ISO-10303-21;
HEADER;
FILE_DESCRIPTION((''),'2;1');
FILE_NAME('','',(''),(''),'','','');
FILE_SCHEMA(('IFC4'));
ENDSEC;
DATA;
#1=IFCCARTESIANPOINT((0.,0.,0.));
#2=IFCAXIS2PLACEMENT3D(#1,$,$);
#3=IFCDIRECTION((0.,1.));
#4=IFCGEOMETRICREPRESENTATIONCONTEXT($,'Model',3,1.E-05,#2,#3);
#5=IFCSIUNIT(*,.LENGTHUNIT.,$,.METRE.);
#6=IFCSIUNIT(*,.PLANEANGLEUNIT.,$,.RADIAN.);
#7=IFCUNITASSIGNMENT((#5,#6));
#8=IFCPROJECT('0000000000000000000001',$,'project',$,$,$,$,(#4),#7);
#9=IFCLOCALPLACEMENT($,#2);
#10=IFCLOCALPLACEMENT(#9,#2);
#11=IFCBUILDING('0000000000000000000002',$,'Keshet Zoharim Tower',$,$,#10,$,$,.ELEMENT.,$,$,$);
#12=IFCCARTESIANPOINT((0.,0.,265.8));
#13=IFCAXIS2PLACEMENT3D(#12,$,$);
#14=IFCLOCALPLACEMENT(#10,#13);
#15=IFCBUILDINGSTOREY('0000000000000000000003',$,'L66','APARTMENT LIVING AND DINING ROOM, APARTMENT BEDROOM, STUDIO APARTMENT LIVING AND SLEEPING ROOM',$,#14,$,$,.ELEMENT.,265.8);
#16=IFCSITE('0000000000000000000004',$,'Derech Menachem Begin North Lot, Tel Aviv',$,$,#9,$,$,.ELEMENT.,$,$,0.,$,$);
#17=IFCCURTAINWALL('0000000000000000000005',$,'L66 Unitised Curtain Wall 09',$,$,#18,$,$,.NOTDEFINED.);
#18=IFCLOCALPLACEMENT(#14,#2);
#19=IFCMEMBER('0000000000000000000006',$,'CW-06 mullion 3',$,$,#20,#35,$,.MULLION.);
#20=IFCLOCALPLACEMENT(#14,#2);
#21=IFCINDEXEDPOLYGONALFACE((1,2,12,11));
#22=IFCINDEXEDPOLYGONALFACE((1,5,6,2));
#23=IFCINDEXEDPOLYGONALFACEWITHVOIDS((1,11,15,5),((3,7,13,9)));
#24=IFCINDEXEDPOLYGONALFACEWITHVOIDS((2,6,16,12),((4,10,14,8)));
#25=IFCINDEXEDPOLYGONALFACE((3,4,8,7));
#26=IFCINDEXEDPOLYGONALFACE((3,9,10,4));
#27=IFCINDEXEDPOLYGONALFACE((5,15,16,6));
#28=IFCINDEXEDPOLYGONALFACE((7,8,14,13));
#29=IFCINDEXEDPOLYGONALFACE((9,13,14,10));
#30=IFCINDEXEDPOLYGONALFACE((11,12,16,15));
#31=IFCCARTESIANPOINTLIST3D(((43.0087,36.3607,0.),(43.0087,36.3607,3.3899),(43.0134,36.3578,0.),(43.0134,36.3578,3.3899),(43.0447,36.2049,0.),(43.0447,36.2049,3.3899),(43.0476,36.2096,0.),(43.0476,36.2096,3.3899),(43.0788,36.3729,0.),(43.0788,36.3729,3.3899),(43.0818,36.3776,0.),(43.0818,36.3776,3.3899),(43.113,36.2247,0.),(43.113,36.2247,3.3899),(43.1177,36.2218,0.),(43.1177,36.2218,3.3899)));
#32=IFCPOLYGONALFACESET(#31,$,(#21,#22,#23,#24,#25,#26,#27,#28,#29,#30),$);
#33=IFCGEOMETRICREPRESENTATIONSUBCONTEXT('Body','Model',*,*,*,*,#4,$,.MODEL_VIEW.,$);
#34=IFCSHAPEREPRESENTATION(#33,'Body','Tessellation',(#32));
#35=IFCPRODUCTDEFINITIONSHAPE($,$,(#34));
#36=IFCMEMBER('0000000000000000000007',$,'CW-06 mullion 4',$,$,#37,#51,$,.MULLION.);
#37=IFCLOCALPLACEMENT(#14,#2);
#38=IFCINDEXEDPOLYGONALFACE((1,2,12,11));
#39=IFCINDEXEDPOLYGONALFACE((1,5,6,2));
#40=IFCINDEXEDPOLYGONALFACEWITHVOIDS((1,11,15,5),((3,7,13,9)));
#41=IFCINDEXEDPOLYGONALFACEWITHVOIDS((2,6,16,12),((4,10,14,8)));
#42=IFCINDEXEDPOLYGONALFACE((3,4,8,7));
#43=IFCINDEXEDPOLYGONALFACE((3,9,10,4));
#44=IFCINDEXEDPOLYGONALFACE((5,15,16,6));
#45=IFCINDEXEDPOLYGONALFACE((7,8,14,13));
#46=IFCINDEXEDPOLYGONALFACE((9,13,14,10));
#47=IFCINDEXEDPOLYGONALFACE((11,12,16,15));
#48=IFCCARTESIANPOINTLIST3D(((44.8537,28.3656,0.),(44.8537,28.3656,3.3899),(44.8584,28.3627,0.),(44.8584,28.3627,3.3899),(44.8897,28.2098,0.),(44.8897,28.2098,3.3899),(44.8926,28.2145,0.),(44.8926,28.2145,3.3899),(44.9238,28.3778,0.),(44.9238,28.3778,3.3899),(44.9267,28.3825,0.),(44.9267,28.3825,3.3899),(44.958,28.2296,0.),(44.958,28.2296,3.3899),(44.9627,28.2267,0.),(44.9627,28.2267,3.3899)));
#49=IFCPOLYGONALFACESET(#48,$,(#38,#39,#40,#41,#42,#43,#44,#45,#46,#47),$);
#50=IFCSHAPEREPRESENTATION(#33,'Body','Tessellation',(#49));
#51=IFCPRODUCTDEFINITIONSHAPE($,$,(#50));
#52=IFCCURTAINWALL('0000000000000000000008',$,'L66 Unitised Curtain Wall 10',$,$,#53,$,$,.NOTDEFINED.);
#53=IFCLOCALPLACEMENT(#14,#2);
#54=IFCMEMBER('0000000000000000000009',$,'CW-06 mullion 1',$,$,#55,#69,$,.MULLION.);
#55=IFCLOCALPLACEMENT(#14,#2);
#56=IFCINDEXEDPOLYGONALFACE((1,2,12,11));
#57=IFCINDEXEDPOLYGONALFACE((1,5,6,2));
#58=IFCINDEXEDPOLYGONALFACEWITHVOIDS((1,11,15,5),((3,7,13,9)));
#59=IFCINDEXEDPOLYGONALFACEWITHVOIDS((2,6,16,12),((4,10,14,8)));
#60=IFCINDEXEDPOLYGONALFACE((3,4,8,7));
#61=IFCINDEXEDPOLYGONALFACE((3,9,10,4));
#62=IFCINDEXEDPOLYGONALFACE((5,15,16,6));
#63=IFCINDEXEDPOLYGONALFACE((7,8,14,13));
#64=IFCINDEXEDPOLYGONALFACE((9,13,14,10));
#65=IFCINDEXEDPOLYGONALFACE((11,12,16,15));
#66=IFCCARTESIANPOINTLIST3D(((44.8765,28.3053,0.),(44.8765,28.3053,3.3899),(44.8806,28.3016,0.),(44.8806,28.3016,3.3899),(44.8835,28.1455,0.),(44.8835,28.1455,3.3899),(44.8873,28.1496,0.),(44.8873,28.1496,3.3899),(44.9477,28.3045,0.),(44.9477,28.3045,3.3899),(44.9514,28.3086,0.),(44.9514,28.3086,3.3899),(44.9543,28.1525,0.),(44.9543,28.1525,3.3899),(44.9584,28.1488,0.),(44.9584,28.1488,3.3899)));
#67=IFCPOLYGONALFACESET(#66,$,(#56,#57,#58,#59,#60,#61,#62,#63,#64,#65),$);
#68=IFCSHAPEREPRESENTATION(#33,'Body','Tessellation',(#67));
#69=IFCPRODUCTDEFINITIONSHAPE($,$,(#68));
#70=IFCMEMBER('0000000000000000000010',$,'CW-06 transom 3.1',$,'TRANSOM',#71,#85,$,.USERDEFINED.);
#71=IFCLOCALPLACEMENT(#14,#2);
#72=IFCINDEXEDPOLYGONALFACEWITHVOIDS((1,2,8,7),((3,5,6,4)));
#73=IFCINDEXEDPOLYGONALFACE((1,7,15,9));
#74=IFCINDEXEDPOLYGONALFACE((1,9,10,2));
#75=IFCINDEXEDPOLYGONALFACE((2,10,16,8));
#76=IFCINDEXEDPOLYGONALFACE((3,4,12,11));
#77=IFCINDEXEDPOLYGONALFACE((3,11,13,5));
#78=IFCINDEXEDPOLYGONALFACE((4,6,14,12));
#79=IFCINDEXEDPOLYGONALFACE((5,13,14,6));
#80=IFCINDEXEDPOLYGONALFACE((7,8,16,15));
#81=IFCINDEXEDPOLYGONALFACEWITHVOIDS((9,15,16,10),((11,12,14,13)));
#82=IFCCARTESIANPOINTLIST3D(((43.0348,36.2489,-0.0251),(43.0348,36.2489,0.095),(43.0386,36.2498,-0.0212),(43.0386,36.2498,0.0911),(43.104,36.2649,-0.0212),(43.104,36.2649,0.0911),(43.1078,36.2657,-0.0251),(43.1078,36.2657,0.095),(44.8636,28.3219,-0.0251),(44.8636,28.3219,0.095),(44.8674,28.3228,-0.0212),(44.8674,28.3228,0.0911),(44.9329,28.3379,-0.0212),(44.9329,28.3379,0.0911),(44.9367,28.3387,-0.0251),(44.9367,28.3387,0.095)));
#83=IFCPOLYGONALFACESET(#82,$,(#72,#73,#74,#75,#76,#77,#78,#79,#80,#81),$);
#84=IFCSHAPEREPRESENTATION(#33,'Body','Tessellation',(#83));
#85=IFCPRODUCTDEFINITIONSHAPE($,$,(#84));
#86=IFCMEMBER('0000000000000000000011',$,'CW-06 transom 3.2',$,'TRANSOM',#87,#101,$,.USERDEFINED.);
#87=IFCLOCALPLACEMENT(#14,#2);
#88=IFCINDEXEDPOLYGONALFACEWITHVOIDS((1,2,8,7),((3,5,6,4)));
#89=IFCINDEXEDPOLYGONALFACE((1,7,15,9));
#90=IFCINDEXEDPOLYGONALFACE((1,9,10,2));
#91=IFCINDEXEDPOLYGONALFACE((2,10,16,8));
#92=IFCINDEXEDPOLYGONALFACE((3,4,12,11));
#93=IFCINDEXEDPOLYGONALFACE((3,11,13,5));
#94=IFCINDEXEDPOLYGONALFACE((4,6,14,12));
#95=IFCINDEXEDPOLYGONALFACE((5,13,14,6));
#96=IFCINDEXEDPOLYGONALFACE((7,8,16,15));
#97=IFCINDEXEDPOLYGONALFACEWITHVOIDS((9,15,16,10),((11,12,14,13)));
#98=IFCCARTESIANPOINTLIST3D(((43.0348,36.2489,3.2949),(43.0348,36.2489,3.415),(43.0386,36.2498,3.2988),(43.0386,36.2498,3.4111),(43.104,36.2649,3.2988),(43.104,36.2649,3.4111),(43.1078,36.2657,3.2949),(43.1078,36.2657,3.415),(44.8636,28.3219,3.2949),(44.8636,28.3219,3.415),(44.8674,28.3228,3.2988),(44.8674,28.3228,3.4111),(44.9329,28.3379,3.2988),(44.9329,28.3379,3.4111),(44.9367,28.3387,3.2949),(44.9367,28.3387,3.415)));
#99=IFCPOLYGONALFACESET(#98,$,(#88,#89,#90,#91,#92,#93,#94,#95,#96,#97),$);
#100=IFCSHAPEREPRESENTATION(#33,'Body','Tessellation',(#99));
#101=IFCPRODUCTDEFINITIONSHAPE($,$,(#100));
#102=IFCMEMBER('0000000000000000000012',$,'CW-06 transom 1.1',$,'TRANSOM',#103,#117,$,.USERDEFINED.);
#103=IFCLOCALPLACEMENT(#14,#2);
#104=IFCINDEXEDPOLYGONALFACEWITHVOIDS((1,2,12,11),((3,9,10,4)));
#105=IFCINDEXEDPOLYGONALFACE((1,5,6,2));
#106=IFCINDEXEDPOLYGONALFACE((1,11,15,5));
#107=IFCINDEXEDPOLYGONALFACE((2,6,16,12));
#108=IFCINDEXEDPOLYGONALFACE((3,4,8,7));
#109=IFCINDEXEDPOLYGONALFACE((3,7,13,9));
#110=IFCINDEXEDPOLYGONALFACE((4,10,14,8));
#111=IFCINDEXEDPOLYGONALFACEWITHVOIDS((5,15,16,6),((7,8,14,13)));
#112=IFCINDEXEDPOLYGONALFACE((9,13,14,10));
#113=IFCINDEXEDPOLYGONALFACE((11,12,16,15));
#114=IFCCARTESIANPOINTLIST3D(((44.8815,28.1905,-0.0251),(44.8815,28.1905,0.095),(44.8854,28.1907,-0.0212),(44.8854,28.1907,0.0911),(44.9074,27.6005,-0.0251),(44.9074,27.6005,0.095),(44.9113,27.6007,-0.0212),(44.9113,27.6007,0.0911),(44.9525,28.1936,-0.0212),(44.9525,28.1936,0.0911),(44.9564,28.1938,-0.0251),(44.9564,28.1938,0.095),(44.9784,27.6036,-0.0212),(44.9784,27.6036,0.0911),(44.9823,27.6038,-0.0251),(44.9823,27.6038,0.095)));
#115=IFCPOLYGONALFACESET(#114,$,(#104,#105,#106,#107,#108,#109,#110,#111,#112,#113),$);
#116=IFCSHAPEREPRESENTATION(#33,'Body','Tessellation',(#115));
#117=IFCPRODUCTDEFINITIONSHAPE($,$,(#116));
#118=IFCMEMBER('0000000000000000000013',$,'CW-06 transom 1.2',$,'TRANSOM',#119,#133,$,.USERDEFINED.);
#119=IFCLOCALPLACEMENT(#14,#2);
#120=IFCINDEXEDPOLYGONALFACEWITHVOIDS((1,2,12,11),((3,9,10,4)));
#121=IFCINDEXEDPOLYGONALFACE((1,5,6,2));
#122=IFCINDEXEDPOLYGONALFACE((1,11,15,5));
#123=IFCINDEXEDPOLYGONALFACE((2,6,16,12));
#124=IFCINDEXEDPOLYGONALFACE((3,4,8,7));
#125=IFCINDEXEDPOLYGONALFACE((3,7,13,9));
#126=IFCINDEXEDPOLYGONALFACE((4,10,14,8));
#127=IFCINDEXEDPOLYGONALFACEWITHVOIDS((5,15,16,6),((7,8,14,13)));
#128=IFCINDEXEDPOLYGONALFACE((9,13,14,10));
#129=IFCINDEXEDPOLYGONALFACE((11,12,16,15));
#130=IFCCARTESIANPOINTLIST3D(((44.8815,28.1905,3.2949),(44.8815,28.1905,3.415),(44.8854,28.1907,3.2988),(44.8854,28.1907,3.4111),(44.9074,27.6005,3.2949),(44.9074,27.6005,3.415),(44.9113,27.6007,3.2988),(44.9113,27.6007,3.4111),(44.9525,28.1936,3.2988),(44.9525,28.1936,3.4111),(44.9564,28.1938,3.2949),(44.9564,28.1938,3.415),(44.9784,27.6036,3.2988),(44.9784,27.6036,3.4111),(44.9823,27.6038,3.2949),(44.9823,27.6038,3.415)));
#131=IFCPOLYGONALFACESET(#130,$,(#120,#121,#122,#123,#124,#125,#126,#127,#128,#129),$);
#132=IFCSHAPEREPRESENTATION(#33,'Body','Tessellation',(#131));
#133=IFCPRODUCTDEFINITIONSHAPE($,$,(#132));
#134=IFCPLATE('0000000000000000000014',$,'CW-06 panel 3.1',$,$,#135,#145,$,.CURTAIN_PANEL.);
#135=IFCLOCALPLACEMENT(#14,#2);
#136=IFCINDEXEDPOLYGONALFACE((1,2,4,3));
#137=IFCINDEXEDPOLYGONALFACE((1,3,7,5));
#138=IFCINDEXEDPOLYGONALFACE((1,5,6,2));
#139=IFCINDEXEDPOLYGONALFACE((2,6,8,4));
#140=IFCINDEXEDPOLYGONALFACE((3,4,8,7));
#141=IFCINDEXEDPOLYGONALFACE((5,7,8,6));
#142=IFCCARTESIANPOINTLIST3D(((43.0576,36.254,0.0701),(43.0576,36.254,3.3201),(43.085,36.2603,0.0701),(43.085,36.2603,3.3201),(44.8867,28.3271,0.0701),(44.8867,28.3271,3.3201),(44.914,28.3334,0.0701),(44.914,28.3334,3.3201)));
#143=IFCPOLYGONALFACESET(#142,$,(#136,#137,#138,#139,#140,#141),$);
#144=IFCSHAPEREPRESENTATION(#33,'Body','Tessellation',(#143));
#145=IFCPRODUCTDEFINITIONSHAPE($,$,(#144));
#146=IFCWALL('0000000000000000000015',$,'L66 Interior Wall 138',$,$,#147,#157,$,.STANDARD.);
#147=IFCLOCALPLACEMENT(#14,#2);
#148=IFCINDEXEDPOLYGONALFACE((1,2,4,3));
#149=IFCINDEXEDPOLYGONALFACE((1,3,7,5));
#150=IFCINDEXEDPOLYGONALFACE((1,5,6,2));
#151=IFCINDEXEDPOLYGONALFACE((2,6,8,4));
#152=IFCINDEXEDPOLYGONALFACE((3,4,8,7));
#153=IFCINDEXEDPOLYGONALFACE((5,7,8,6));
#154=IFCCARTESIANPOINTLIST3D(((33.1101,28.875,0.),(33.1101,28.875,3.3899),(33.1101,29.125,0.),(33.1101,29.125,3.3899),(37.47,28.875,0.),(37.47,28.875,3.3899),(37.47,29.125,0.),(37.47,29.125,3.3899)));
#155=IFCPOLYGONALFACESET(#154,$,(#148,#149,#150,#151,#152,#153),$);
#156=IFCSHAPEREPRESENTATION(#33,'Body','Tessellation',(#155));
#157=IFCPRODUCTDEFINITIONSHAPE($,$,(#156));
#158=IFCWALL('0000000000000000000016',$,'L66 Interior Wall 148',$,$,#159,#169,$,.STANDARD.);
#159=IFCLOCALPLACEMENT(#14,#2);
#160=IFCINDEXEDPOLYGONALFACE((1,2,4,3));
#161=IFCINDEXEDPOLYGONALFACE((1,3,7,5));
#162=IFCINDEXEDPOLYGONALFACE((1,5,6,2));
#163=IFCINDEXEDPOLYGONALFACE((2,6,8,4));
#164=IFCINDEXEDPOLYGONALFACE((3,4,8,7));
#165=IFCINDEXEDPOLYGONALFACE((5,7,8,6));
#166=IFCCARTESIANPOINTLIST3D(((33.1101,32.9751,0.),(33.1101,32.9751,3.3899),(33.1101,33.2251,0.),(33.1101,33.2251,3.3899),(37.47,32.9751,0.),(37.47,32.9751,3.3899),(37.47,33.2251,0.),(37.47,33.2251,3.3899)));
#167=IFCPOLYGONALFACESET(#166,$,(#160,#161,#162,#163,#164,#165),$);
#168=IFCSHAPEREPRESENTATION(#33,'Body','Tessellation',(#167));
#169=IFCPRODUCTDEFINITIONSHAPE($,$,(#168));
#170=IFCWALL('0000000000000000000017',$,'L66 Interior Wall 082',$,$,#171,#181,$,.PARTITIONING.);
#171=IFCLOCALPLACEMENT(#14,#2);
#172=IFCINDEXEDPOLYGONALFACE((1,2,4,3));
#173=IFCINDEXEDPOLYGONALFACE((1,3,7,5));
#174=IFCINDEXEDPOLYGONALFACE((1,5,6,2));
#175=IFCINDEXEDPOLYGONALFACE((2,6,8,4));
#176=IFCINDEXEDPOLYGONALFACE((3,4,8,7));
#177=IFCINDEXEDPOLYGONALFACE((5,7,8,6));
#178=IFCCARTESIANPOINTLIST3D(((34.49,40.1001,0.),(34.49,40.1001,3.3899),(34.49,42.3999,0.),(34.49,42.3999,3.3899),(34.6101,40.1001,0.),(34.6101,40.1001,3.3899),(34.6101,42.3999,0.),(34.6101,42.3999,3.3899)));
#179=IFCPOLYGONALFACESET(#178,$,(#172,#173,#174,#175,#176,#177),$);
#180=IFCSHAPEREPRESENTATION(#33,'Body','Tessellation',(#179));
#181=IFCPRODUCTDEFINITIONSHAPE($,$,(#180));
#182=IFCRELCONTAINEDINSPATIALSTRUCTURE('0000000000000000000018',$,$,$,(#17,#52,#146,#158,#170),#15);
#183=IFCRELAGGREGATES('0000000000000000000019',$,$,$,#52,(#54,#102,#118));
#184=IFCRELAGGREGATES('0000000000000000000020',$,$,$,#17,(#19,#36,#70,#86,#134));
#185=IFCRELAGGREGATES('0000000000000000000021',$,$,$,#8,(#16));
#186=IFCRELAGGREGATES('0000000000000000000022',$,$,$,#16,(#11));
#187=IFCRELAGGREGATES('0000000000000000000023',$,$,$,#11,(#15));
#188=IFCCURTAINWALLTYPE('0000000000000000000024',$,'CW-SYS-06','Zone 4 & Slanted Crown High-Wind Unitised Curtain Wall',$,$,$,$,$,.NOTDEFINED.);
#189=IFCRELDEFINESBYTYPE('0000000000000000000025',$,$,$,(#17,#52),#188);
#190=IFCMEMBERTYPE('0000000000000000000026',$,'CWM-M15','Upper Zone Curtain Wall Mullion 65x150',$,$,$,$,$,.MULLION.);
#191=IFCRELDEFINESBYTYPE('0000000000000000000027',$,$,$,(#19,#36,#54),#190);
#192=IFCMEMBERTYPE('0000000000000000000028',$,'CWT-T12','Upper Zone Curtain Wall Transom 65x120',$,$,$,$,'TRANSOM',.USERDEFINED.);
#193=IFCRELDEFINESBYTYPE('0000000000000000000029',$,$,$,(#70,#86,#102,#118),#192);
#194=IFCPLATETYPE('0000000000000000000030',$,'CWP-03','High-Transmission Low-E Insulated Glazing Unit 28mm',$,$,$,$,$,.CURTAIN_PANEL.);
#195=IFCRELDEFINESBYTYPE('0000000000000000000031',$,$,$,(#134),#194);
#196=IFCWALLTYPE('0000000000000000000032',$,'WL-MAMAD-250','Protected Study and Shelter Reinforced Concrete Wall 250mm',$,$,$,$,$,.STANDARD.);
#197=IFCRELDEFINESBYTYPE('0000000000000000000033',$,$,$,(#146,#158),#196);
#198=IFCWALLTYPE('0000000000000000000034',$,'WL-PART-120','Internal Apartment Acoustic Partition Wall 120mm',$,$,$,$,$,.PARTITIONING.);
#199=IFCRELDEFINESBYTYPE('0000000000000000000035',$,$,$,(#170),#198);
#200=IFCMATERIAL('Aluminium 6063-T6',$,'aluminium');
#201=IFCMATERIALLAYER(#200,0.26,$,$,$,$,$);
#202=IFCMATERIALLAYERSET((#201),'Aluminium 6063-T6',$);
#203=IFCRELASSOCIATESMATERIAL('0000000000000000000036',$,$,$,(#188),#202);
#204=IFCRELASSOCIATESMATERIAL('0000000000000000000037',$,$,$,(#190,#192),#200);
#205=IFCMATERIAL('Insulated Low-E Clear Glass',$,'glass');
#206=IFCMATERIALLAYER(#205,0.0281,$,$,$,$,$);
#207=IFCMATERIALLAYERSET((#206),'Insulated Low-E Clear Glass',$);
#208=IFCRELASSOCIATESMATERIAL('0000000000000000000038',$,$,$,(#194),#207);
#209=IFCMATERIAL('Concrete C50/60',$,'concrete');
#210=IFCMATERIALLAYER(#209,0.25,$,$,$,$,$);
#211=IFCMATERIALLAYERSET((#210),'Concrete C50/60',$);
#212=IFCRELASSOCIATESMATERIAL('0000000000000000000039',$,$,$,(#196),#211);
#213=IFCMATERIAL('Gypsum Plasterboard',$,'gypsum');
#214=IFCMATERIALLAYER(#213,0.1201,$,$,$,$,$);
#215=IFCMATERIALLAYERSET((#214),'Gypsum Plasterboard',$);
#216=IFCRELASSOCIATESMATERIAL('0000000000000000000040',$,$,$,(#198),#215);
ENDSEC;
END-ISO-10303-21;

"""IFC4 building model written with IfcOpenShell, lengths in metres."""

from ifc_helpers import new_model, si_unit, direction, frame, frame_2d, origin, origin_2d, place, context, subcontext, project, spatial, rectangle, hollow_rectangle, extrude, material, layer, layer_set, material_profile, profile_set, type_object, element, aggregate, save


model = new_model("IFC4")

# Units and contexts
model_context = context("Model", 3, precision=1e-05, world=origin(), true_north=direction((0.0, 1.0)))
body_context = subcontext(model_context, "Body", "Model", "MODEL_VIEW")
ifc_project = project(units=[si_unit("LENGTHUNIT", "METRE"), si_unit("PLANEANGLEUNIT", "RADIAN")], contexts=[model_context])

# Site, building, storey
site_placement = place(None, origin())
site = spatial("IfcSite", under=ifc_project, at=site_placement, Name="Derech Menachem Begin North Lot, Tel Aviv", CompositionType="ELEMENT", RefElevation=0.0)
building_placement = place(site_placement, origin())
building = spatial("IfcBuilding", under=site, at=building_placement, Name="Keshet Zoharim Tower", CompositionType="ELEMENT")
storey_placement = place(building_placement, frame((0.0, 0.0, 265.8)))
storey = spatial("IfcBuildingStorey", under=building, at=storey_placement, Name="L66", Description="APARTMENT LIVING AND DINING ROOM, APARTMENT BEDROOM, STUDIO APARTMENT LIVING AND SLEEPING ROOM", CompositionType="ELEMENT", Elevation=265.8)

# Curtain wall, members
ifc_material_1 = material(Name="Aluminium 6063-T6", Category="aluminium")
ifc_layer_1 = layer(ifc_material_1, 0.26)
ifc_layer_set_1 = layer_set([ifc_layer_1], Name="Aluminium 6063-T6")
curtain_wall_type = type_object("IfcCurtainWallType", Name="CW-SYS-06", Description="Zone 4 & Slanted Crown High-Wind Unitised Curtain Wall", PredefinedType="NOTDEFINED", material=ifc_layer_set_1)
curtain_wall_1_placement = place(storey_placement, origin())
curtain_wall_1 = element("IfcCurtainWall", 1, at=curtain_wall_1_placement, inside=storey, type_object=curtain_wall_type, Name="L66 Unitised Curtain Wall 09", PredefinedType="NOTDEFINED")
ifc_material_profile_1 = material_profile(ifc_material_1, hollow_rectangle(XDim=0.075, YDim=0.1599, WallThickness=0.0039, at=origin_2d()), Name="MUL-75x160")
ifc_profile_set_1 = profile_set([ifc_material_profile_1], Name="Aluminium 6063-T6")
member_type_1 = type_object("IfcMemberType", Name="CWM-M15", Description="Upper Zone Curtain Wall Mullion 65x150", PredefinedType="MULLION", material=ifc_profile_set_1)
member_1_placement = place(storey_placement, frame((43.0632, 36.2913, 0.0), z_axis=(0.0, 0.0, 1.0), x_axis=(0.974398, 0.22483, 0.0)))
member_1 = element("IfcMember", 2, at=member_1_placement, type_object=member_type_1, Name="CW-06 mullion 3", PredefinedType="MULLION", context=body_context, shape_type="SweptSolid", body=[
    extrude(hollow_rectangle(XDim=0.075, YDim=0.1599, WallThickness=0.0039, at=origin_2d()), origin(), (0.0, 0.0, 1.0), 3.3899),
])
member_2_placement = place(storey_placement, frame((44.9082, 28.2961, 0.0), z_axis=(0.0, 0.0, 1.0), x_axis=(0.974398, 0.22483, 0.0)))
member_2 = element("IfcMember", 3, at=member_2_placement, type_object=member_type_1, Name="CW-06 mullion 4", PredefinedType="MULLION", context=body_context, shape_type="SweptSolid", body=[
    extrude(hollow_rectangle(XDim=0.075, YDim=0.1599, WallThickness=0.0039, at=origin_2d()), origin(), (0.0, 0.0, 1.0), 3.3899),
])

# Curtain wall, member
curtain_wall_2_placement = place(storey_placement, origin())
curtain_wall_2 = element("IfcCurtainWall", 4, at=curtain_wall_2_placement, inside=storey, type_object=curtain_wall_type, Name="L66 Unitised Curtain Wall 10", PredefinedType="NOTDEFINED")
member_3_placement = place(storey_placement, frame((44.9175, 28.2271, 0.0), z_axis=(0.0, 0.0, 1.0), x_axis=(0.999041, 0.043794, 0.0)))
member_3 = element("IfcMember", 5, at=member_3_placement, type_object=member_type_1, Name="CW-06 mullion 1", PredefinedType="MULLION", context=body_context, shape_type="SweptSolid", body=[
    extrude(hollow_rectangle(XDim=0.075, YDim=0.1599, WallThickness=0.0039, at=origin_2d()), origin(), (0.0, 0.0, 1.0), 3.3899),
])

# Members
ifc_material_profile_2 = material_profile(ifc_material_1, hollow_rectangle(XDim=0.075, YDim=0.1201, WallThickness=0.0039, at=origin_2d()), Name="TRN-75x120")
ifc_profile_set_2 = profile_set([ifc_material_profile_2], Name="Aluminium 6063-T6")
member_type_2 = type_object("IfcMemberType", Name="CWT-T12", Description="Upper Zone Curtain Wall Transom 65x120", ElementType="TRANSOM", PredefinedType="USERDEFINED", material=ifc_profile_set_2)
member_4_placement = place(storey_placement, frame((43.0713, 36.2573, 0.0349), z_axis=(0.224807, -0.974403, 0.0), x_axis=(0.974403, 0.224807, 0.0)))
member_4 = element("IfcMember", 6, at=member_4_placement, type_object=member_type_2, Name="CW-06 transom 3.1", ObjectType="TRANSOM", PredefinedType="USERDEFINED", context=body_context, shape_type="SweptSolid", body=[
    extrude(hollow_rectangle(XDim=0.075, YDim=0.1201, WallThickness=0.0039, at=origin_2d()), origin(), (0.0, 0.0, 1.0), 8.1353),
])
member_5_placement = place(storey_placement, frame((43.0713, 36.2573, 3.355), z_axis=(0.224807, -0.974403, 0.0), x_axis=(0.974403, 0.224807, 0.0)))
member_5 = element("IfcMember", 7, at=member_5_placement, type_object=member_type_2, Name="CW-06 transom 3.2", ObjectType="TRANSOM", PredefinedType="USERDEFINED", context=body_context, shape_type="SweptSolid", body=[
    extrude(hollow_rectangle(XDim=0.075, YDim=0.1201, WallThickness=0.0039, at=origin_2d()), origin(), (0.0, 0.0, 1.0), 8.1353),
])
member_6_placement = place(storey_placement, frame((44.9189, 28.1921, 0.0349), z_axis=(0.043814, -0.99904, 0.0), x_axis=(0.99904, 0.043814, 0.0)))
member_6 = element("IfcMember", 8, at=member_6_placement, type_object=member_type_2, Name="CW-06 transom 1.1", ObjectType="TRANSOM", PredefinedType="USERDEFINED", context=body_context, shape_type="SweptSolid", body=[
    extrude(hollow_rectangle(XDim=0.075, YDim=0.1201, WallThickness=0.0039, at=origin_2d()), origin(), (0.0, 0.0, 1.0), 0.5906),
])
member_7_placement = place(storey_placement, frame((44.9189, 28.1921, 3.355), z_axis=(0.043814, -0.99904, 0.0), x_axis=(0.99904, 0.043814, 0.0)))
member_7 = element("IfcMember", 9, at=member_7_placement, type_object=member_type_2, Name="CW-06 transom 1.2", ObjectType="TRANSOM", PredefinedType="USERDEFINED", context=body_context, shape_type="SweptSolid", body=[
    extrude(hollow_rectangle(XDim=0.075, YDim=0.1201, WallThickness=0.0039, at=origin_2d()), origin(), (0.0, 0.0, 1.0), 0.5906),
])
aggregate(curtain_wall_2, [member_3, member_6, member_7])

# Plate
ifc_material_2 = material(Name="Insulated Low-E Clear Glass", Category="glass")
ifc_layer_2 = layer(ifc_material_2, 0.0281)
ifc_layer_set_2 = layer_set([ifc_layer_2], Name="Insulated Low-E Clear Glass")
plate_type = type_object("IfcPlateType", Name="CWP-03", Description="High-Transmission Low-E Insulated Glazing Unit 28mm", PredefinedType="CURTAIN_PANEL", material=ifc_layer_set_2)
plate_placement = place(storey_placement, frame((43.9858, 32.2937, 0.0701), z_axis=(0.0, 0.0, 1.0), x_axis=(0.22483, -0.974398, 0.0)))
plate = element("IfcPlate", 10, at=plate_placement, type_object=plate_type, Name="CW-06 panel 3.1", PredefinedType="CURTAIN_PANEL", context=body_context, shape_type="SweptSolid", body=[
    extrude(rectangle(XDim=8.1353, YDim=0.0281, at=origin_2d()), origin(), (0.0, 0.0, 1.0), 3.25),
])
aggregate(curtain_wall_1, [member_1, member_2, member_4, member_5, plate])

# Shared definitions
ifc_material_3 = material(Name="Concrete C50/60", Category="concrete")
ifc_layer_3 = layer(ifc_material_3, 0.25)
ifc_layer_set_3 = layer_set([ifc_layer_3], Name="Concrete C50/60")
wall_type_1 = type_object("IfcWallType", Name="WL-MAMAD-250", Description="Protected Study and Shelter Reinforced Concrete Wall 250mm", PredefinedType="STANDARD", material=ifc_layer_set_3)

# Walls
for number, where, z_axis, x_axis, name in (
    (11, (33.1101, 29.0, 0.0), (0.0, 0.0, 1.0), (1.0, 0.0, 0.0), "L66 Interior Wall 138"),
    (12, (33.1101, 33.1001, 0.0), (0.0, 0.0, 1.0), (1.0, 0.0, 0.0), "L66 Interior Wall 148"),
):
    element("IfcWall", number, at=place(storey_placement, frame(where, z_axis=z_axis, x_axis=x_axis)), inside=storey, type_object=wall_type_1, Name=name, PredefinedType="STANDARD", context=body_context, shape_type="SweptSolid", body=[
        extrude(rectangle(XDim=4.3599, YDim=0.25, at=frame_2d((2.1799, 0.0))), origin(), (0.0, 0.0, 1.0), 3.3899),
    ])
ifc_material_4 = material(Name="Gypsum Plasterboard", Category="gypsum")
ifc_layer_4 = layer(ifc_material_4, 0.1201)
ifc_layer_set_4 = layer_set([ifc_layer_4], Name="Gypsum Plasterboard")
wall_type_2 = type_object("IfcWallType", Name="WL-PART-120", Description="Internal Apartment Acoustic Partition Wall 120mm", PredefinedType="PARTITIONING", material=ifc_layer_set_4)
wall_1_placement = place(storey_placement, frame((34.55, 40.1001, 0.0), z_axis=(0.0, 0.0, 1.0), x_axis=(0.0, 1.0, 0.0)))
element("IfcWall", 13, at=wall_1_placement, inside=storey, type_object=wall_type_2, Name="L66 Interior Wall 082", PredefinedType="PARTITIONING", context=body_context, shape_type="SweptSolid", body=[
    extrude(rectangle(XDim=2.2998, YDim=0.1201, at=frame_2d((1.1499, 0.0))), origin(), (0.0, 0.0, 1.0), 3.3899),
])

save(model, "model.ifc")
